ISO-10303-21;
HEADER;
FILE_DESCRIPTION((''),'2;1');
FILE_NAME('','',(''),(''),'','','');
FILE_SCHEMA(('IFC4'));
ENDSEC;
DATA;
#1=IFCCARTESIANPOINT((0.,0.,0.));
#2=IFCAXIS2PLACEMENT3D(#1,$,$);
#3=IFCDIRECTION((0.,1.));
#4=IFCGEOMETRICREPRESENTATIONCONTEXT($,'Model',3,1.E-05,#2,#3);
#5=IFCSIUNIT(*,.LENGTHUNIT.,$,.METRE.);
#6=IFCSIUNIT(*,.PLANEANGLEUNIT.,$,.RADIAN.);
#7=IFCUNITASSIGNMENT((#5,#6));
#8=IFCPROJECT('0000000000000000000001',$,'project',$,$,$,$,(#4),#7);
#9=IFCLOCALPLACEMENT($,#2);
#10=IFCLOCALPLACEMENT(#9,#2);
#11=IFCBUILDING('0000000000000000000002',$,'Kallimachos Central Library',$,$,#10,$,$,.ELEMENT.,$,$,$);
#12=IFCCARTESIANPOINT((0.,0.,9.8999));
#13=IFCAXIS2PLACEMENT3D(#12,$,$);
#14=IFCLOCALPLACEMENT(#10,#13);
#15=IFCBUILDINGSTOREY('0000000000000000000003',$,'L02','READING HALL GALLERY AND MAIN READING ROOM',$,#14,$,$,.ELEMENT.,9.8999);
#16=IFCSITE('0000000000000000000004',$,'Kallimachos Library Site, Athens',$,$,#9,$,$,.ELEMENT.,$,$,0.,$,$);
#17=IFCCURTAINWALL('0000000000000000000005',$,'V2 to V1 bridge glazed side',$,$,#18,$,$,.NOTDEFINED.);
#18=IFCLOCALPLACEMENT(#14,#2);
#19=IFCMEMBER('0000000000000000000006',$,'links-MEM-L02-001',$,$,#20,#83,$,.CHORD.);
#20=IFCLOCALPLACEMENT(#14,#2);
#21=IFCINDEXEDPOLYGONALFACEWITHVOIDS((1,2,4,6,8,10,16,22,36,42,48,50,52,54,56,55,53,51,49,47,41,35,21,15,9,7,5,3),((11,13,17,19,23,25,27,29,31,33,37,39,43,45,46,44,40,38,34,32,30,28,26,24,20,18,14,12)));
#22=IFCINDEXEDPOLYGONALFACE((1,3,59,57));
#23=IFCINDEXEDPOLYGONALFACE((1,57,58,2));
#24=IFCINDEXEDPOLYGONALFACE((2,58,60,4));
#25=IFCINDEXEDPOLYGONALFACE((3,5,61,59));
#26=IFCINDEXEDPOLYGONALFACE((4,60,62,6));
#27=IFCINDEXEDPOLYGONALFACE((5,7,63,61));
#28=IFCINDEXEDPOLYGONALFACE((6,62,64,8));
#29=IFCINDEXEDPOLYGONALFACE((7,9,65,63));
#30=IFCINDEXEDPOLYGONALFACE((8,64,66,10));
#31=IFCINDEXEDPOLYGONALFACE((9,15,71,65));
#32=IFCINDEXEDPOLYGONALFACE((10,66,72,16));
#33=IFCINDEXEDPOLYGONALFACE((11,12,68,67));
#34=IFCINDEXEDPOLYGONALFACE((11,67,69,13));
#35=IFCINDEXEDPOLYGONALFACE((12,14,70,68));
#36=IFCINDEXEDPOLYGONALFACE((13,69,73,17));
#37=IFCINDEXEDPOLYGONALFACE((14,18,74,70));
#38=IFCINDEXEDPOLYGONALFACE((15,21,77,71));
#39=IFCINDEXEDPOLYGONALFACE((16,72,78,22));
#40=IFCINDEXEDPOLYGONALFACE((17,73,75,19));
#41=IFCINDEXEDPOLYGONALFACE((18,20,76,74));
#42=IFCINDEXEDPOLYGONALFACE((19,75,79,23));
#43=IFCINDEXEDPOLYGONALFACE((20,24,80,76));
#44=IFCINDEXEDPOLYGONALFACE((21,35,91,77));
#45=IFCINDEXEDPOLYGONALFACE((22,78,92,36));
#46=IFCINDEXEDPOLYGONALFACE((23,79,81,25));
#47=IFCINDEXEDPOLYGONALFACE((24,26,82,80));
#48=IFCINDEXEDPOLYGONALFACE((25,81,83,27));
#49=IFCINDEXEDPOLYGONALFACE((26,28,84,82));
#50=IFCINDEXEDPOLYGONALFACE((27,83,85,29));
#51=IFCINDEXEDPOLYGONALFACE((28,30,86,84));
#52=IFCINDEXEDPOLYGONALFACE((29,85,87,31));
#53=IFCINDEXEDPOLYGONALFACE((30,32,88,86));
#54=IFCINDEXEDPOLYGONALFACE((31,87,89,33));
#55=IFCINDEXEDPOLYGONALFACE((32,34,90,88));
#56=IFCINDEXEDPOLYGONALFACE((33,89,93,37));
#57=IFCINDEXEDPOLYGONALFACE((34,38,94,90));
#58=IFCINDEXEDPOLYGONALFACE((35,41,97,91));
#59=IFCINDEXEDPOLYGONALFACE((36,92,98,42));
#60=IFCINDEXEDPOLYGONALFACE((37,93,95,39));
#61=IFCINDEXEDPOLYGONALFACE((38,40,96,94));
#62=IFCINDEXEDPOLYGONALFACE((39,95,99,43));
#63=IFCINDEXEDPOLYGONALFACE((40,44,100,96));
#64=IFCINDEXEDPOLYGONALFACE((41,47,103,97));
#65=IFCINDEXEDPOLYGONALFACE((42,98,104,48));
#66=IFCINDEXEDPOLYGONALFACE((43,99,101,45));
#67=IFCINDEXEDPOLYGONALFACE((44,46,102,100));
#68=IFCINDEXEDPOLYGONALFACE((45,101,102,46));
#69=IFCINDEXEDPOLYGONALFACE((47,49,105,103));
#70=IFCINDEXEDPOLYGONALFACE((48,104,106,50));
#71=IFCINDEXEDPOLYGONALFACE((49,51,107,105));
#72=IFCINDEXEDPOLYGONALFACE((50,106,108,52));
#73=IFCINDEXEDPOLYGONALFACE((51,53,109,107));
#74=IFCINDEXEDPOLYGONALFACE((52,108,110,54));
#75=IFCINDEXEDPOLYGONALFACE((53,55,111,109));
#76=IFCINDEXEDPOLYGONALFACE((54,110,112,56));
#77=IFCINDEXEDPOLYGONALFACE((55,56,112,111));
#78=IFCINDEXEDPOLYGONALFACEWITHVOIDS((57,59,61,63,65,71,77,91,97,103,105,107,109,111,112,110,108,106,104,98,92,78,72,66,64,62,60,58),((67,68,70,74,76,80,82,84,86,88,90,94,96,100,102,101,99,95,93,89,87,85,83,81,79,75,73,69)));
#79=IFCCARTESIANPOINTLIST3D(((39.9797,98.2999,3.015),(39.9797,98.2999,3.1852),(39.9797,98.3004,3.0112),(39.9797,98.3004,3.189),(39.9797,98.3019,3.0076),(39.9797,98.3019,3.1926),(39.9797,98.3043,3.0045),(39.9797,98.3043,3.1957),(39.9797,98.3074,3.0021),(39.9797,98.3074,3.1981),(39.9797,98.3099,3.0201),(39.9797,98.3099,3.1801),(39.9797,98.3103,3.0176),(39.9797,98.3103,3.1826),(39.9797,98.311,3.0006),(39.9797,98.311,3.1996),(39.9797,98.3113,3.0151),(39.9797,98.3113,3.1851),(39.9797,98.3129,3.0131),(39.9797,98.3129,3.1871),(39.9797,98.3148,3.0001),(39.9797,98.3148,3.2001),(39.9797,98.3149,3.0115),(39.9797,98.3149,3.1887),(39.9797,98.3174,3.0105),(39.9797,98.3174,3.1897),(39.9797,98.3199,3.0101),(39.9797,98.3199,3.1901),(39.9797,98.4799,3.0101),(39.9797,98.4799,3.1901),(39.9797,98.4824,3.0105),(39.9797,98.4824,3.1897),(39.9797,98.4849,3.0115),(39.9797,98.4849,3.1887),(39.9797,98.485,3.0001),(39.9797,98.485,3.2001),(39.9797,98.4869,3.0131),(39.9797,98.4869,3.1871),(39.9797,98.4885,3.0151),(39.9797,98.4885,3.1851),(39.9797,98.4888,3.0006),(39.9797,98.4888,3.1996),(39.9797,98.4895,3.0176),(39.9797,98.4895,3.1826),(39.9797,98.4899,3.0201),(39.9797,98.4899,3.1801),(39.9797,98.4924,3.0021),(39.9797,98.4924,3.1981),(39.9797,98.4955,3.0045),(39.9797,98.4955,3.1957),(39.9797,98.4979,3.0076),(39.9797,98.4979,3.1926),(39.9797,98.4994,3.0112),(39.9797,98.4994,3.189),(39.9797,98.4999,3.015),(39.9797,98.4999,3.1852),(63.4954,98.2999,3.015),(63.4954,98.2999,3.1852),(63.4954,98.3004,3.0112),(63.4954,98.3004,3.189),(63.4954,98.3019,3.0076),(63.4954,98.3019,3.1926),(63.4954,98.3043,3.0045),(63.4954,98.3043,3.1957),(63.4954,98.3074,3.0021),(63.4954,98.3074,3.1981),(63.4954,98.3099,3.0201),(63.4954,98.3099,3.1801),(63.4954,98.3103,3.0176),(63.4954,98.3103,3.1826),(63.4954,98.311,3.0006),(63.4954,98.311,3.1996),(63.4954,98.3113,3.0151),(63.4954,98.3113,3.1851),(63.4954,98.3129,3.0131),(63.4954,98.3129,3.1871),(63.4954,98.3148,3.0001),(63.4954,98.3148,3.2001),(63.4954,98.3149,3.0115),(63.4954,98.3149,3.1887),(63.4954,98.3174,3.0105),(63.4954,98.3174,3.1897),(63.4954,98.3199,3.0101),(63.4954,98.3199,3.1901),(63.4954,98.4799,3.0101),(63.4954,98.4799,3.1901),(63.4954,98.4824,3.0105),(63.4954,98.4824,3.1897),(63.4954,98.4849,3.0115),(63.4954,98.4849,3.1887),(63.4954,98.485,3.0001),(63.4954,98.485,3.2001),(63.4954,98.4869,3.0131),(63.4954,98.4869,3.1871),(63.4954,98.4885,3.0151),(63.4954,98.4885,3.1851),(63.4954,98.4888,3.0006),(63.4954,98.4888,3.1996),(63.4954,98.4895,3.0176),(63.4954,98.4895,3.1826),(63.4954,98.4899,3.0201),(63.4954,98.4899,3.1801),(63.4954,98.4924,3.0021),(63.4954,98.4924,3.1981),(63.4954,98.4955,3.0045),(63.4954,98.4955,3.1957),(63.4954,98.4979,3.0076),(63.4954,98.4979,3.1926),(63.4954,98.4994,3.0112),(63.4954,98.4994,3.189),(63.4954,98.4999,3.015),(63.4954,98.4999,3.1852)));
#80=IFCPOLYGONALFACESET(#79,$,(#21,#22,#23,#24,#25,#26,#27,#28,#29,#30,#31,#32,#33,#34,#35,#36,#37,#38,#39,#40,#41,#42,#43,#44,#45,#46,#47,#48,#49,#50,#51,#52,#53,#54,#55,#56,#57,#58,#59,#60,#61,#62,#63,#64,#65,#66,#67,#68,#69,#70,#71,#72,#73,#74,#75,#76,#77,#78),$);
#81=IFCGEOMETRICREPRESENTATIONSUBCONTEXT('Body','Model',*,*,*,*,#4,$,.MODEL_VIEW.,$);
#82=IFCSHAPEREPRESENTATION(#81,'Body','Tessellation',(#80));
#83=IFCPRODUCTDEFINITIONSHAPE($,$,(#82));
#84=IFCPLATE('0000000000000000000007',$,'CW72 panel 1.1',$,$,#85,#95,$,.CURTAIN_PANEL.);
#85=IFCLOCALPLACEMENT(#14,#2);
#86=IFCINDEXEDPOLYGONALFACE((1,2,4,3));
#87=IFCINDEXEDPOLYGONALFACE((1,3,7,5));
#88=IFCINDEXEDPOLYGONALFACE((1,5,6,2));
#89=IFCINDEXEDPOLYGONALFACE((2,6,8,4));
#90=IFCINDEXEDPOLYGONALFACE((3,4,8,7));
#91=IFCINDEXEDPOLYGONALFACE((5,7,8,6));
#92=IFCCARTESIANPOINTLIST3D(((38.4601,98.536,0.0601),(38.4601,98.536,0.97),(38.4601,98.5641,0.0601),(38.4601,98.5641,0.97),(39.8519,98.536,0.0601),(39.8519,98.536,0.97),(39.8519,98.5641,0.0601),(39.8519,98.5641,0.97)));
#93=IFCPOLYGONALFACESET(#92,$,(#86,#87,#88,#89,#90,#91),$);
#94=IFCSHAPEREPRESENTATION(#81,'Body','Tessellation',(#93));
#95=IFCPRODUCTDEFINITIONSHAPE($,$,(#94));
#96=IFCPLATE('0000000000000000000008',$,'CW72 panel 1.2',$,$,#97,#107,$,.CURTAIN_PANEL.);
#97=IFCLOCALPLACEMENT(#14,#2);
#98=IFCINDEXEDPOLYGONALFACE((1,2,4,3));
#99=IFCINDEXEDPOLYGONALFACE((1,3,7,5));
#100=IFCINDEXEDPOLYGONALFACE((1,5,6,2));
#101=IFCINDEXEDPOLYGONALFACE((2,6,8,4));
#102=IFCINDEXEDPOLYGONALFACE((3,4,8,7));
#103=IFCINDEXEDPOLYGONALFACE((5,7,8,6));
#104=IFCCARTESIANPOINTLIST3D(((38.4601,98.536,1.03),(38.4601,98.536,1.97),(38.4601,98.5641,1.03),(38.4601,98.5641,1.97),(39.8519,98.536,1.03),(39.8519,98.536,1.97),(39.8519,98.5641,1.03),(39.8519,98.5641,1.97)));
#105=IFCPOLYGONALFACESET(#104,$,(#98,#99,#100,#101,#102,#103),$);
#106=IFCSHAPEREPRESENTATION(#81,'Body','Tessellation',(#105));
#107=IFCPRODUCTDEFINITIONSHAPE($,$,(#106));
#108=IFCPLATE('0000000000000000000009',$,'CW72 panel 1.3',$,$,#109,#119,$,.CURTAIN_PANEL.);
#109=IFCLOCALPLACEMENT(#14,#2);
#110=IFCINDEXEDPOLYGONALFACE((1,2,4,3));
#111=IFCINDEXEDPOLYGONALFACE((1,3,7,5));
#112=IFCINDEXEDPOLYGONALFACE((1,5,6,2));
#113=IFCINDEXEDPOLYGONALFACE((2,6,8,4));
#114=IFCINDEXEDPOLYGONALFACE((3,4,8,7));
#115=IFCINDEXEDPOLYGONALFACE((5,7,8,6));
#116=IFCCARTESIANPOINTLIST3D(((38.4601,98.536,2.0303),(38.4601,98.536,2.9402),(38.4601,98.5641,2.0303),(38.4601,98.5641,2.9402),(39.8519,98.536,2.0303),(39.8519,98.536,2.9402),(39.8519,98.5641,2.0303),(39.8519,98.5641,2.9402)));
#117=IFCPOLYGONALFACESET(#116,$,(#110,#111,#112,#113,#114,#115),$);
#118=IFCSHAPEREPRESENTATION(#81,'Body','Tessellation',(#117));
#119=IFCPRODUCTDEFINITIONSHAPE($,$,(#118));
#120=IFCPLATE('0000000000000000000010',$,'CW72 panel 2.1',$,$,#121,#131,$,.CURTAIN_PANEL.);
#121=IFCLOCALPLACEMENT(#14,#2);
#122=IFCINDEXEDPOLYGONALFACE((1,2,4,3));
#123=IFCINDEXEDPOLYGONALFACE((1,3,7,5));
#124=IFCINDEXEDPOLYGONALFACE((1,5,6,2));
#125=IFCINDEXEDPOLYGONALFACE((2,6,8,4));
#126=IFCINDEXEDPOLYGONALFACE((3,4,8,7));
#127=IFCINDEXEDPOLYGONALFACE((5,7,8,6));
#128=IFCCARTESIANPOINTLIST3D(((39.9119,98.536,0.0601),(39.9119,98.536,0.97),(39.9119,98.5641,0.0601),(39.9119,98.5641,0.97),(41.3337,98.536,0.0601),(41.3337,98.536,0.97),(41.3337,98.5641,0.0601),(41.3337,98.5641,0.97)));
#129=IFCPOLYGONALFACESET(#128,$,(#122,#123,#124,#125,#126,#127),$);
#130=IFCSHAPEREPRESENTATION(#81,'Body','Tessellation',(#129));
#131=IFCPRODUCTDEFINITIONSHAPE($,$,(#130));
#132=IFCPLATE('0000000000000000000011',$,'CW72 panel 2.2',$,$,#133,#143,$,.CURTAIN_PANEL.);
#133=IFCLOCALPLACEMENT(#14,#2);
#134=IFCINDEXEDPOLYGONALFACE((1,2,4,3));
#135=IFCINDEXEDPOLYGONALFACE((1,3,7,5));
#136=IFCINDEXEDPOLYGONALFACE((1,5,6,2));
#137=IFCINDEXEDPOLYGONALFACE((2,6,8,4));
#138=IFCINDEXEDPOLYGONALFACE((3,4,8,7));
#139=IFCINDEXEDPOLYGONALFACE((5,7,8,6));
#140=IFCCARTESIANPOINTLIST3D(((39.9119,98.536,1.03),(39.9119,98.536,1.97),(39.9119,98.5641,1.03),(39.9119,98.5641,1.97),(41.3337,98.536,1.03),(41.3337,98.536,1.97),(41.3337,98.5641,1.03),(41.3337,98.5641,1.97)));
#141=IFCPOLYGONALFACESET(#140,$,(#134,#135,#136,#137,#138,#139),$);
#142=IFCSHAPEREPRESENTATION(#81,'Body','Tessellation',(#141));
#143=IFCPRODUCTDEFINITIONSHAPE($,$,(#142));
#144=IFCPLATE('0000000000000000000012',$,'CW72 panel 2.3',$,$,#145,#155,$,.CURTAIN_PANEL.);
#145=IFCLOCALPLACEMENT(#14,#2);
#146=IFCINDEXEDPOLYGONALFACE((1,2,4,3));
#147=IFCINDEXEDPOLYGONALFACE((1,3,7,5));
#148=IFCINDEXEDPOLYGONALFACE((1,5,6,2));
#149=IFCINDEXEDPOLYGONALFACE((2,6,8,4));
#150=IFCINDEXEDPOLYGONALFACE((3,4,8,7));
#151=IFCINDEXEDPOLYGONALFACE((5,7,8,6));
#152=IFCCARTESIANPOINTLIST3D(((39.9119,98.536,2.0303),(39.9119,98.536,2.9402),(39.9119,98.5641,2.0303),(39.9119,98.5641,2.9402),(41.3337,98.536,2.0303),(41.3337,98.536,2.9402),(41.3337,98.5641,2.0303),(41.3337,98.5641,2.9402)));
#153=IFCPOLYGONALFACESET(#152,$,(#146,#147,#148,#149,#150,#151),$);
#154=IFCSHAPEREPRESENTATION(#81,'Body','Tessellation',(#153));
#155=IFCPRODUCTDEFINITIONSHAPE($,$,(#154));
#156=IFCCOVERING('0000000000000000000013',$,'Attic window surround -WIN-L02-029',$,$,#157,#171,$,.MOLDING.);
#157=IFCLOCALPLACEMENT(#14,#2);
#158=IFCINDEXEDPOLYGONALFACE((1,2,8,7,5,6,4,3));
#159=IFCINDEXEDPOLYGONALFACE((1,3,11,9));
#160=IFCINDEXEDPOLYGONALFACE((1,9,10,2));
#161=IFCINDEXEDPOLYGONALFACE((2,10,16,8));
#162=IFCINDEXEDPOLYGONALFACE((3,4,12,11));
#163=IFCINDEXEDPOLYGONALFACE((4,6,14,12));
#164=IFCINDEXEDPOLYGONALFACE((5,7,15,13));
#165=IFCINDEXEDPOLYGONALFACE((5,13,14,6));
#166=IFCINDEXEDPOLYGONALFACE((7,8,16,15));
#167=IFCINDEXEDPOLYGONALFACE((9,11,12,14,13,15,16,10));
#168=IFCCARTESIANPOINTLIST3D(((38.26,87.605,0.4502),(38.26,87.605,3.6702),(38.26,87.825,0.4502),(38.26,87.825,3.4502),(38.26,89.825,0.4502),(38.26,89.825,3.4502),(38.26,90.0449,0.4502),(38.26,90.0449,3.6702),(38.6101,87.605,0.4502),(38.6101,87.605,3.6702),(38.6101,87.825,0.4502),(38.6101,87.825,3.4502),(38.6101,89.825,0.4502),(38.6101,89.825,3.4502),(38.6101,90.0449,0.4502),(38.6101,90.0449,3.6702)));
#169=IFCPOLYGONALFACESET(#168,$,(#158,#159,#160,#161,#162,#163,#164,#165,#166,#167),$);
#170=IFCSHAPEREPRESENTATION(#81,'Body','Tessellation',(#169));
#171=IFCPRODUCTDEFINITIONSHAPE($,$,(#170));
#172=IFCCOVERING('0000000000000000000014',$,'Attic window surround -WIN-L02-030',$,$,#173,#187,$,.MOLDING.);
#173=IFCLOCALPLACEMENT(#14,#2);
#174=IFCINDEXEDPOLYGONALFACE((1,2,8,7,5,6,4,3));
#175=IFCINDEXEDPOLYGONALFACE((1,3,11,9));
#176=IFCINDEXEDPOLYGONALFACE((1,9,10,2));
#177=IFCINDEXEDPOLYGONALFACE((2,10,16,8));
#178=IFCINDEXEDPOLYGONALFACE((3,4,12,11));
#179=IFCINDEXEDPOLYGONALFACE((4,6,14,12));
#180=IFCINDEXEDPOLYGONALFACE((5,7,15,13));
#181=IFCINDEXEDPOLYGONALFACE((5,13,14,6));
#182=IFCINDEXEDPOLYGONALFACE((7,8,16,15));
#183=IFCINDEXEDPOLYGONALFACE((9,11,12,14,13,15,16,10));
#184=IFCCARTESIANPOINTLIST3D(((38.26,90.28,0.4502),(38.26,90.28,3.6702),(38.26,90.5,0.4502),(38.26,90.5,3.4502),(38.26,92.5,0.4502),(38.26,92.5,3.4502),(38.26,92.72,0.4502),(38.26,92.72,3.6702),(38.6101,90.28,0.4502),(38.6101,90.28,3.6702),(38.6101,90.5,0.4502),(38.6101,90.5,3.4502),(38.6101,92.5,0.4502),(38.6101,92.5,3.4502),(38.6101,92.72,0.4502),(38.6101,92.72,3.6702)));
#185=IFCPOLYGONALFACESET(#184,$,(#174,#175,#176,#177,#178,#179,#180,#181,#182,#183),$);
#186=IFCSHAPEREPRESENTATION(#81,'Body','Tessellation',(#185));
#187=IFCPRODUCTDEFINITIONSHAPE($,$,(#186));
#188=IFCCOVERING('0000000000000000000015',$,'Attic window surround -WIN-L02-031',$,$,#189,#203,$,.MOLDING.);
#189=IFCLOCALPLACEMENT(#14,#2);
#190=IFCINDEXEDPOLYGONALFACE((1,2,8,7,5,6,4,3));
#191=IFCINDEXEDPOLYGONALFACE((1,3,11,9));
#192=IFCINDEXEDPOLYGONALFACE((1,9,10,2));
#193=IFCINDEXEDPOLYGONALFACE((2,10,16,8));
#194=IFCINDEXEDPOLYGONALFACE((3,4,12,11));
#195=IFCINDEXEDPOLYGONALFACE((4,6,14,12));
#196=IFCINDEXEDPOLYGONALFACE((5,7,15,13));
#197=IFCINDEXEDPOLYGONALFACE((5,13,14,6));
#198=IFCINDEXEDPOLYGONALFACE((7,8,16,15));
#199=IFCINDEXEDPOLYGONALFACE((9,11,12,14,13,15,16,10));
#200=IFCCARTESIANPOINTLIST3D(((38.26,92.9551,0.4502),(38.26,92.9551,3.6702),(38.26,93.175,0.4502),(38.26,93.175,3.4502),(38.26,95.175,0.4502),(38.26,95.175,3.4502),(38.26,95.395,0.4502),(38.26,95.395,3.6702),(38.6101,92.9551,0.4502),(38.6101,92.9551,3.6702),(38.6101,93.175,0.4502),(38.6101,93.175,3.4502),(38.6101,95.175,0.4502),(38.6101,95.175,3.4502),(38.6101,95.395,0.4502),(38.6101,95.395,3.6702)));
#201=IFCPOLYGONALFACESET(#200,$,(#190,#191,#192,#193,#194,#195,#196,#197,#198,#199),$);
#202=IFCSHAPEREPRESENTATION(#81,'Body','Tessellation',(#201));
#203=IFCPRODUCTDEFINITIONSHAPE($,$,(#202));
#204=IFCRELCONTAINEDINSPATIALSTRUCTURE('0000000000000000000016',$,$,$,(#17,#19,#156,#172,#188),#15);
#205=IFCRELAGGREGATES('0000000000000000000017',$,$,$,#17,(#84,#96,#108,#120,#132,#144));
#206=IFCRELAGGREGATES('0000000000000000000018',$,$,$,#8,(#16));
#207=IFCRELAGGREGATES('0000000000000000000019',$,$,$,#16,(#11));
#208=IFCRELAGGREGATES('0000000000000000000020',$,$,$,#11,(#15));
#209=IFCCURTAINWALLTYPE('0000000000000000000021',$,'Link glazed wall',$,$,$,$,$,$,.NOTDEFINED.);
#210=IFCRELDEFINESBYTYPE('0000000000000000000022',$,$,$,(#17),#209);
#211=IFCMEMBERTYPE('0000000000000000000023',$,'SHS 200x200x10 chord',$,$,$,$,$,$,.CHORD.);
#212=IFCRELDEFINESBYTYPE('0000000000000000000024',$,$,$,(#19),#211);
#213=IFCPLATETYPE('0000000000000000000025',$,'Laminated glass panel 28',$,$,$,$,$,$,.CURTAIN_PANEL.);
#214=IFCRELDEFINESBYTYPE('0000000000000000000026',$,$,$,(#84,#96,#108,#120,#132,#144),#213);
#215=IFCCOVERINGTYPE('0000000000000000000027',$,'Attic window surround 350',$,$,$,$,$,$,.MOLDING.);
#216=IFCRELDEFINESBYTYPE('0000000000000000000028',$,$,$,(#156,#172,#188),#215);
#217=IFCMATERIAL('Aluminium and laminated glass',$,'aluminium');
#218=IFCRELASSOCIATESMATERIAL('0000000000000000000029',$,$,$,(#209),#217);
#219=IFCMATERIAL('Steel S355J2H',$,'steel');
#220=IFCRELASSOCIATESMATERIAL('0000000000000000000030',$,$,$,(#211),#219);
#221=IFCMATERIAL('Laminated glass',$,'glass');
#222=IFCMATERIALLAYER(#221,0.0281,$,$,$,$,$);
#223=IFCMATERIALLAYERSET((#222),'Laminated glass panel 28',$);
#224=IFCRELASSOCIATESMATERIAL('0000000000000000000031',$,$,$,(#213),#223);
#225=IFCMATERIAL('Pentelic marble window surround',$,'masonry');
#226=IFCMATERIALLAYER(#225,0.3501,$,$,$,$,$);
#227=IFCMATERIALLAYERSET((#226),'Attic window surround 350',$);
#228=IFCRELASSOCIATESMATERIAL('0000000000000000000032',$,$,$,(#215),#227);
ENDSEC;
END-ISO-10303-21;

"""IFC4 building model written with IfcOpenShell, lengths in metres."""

from ifc_helpers import new_model, si_unit, direction, frame, origin, origin_2d, place, context, subcontext, project, spatial, polyline, rectangle, hollow_rectangle, outline, extrude, material, layer, layer_set, material_profile, profile_set, type_object, element, aggregate, save


model = new_model("IFC4")

# Units and contexts
model_context = context("Model", 3, precision=1e-05, world=origin(), true_north=direction((0.0, 1.0)))
body_context = subcontext(model_context, "Body", "Model", "MODEL_VIEW")
ifc_project = project(units=[si_unit("LENGTHUNIT", "METRE"), si_unit("PLANEANGLEUNIT", "RADIAN")], contexts=[model_context])

# Site, building, storey
site_placement = place(None, origin())
site = spatial("IfcSite", under=ifc_project, at=site_placement, Name="Kallimachos Library Site, Athens", CompositionType="ELEMENT", RefElevation=0.0)
building_placement = place(site_placement, origin())
building = spatial("IfcBuilding", under=site, at=building_placement, Name="Kallimachos Central Library", CompositionType="ELEMENT")
storey_placement = place(building_placement, frame((0.0, 0.0, 9.8999)))
storey = spatial("IfcBuildingStorey", under=building, at=storey_placement, Name="L02", Description="READING HALL GALLERY AND MAIN READING ROOM", CompositionType="ELEMENT", Elevation=9.8999)

# Curtain wall
ifc_material_1 = material(Name="Aluminium and laminated glass", Category="aluminium")
curtain_wall_type = type_object("IfcCurtainWallType", Name="Link glazed wall", PredefinedType="NOTDEFINED", material=ifc_material_1)
curtain_wall_placement = place(storey_placement, origin())
curtain_wall = element("IfcCurtainWall", 1, at=curtain_wall_placement, inside=storey, type_object=curtain_wall_type, Name="V2 to V1 bridge glazed side", PredefinedType="NOTDEFINED")

# Member
ifc_material_2 = material(Name="Steel S355J2H", Category="steel")
ifc_material_profile_1 = material_profile(ifc_material_2, hollow_rectangle(XDim=0.2, YDim=0.2, WallThickness=0.01, InnerFilletRadius=0.01, OuterFilletRadius=0.0149, at=origin_2d()), Name="SHS 200x200x10")
ifc_profile_set_1 = profile_set([ifc_material_profile_1], Name="Steel S355J2H")
member_type_1 = type_object("IfcMemberType", Name="SHS 200x200x10 chord", PredefinedType="CHORD", material=ifc_profile_set_1)
member_1_placement = place(storey_placement, frame((39.9797, 98.3999, 3.1001), z_axis=(1.0, 0.0, 0.0), x_axis=(0.0, 1.0, 0.0)))
element("IfcMember", 2, at=member_1_placement, inside=storey, type_object=member_type_1, Name="links-MEM-L02-001", PredefinedType="CHORD", context=body_context, shape_type="SweptSolid", body=[
    extrude(hollow_rectangle(XDim=0.2, YDim=0.2, WallThickness=0.01, InnerFilletRadius=0.01, OuterFilletRadius=0.0149, at=origin_2d()), origin(), (0.0, 0.0, 1.0), 23.5156),
])

# Plates
ifc_material_3 = material(Name="Laminated glass", Category="glass")
ifc_layer_1 = layer(ifc_material_3, 0.0281)
ifc_layer_set_1 = layer_set([ifc_layer_1], Name="Laminated glass panel 28")
plate_type = type_object("IfcPlateType", Name="Laminated glass panel 28", PredefinedType="CURTAIN_PANEL", material=ifc_layer_set_1)
plate_1_placement = place(storey_placement, frame((39.156, 98.55, 0.0601), z_axis=(0.0, 0.0, 1.0), x_axis=(1.0, 0.0, 0.0)))
plate_1 = element("IfcPlate", 3, at=plate_1_placement, type_object=plate_type, Name="CW72 panel 1.1", PredefinedType="CURTAIN_PANEL", context=body_context, shape_type="SweptSolid", body=[
    extrude(rectangle(XDim=1.3918, YDim=0.0281, at=origin_2d()), origin(), (0.0, 0.0, 1.0), 0.9099),
])
plate_2_placement = place(storey_placement, frame((39.156, 98.55, 1.03), z_axis=(0.0, 0.0, 1.0), x_axis=(1.0, 0.0, 0.0)))
plate_2 = element("IfcPlate", 4, at=plate_2_placement, type_object=plate_type, Name="CW72 panel 1.2", PredefinedType="CURTAIN_PANEL", context=body_context, shape_type="SweptSolid", body=[
    extrude(rectangle(XDim=1.3918, YDim=0.0281, at=origin_2d()), origin(), (0.0, 0.0, 1.0), 0.9399),
])
plate_3_placement = place(storey_placement, frame((39.156, 98.55, 2.0303), z_axis=(0.0, 0.0, 1.0), x_axis=(1.0, 0.0, 0.0)))
plate_3 = element("IfcPlate", 5, at=plate_3_placement, type_object=plate_type, Name="CW72 panel 1.3", PredefinedType="CURTAIN_PANEL", context=body_context, shape_type="SweptSolid", body=[
    extrude(rectangle(XDim=1.3918, YDim=0.0281, at=origin_2d()), origin(), (0.0, 0.0, 1.0), 0.9099),
])
plate_4_placement = place(storey_placement, frame((40.6228, 98.55, 0.0601), z_axis=(0.0, 0.0, 1.0), x_axis=(1.0, 0.0, 0.0)))
plate_4 = element("IfcPlate", 6, at=plate_4_placement, type_object=plate_type, Name="CW72 panel 2.1", PredefinedType="CURTAIN_PANEL", context=body_context, shape_type="SweptSolid", body=[
    extrude(rectangle(XDim=1.4219, YDim=0.0281, at=origin_2d()), origin(), (0.0, 0.0, 1.0), 0.9099),
])
plate_5_placement = place(storey_placement, frame((40.6228, 98.55, 1.03), z_axis=(0.0, 0.0, 1.0), x_axis=(1.0, 0.0, 0.0)))
plate_5 = element("IfcPlate", 7, at=plate_5_placement, type_object=plate_type, Name="CW72 panel 2.2", PredefinedType="CURTAIN_PANEL", context=body_context, shape_type="SweptSolid", body=[
    extrude(rectangle(XDim=1.4219, YDim=0.0281, at=origin_2d()), origin(), (0.0, 0.0, 1.0), 0.9399),
])
plate_6_placement = place(storey_placement, frame((40.6228, 98.55, 2.0303), z_axis=(0.0, 0.0, 1.0), x_axis=(1.0, 0.0, 0.0)))
plate_6 = element("IfcPlate", 8, at=plate_6_placement, type_object=plate_type, Name="CW72 panel 2.3", PredefinedType="CURTAIN_PANEL", context=body_context, shape_type="SweptSolid", body=[
    extrude(rectangle(XDim=1.4219, YDim=0.0281, at=origin_2d()), origin(), (0.0, 0.0, 1.0), 0.9099),
])
aggregate(curtain_wall, [plate_1, plate_2, plate_3, plate_4, plate_5, plate_6])

# Coverings
ifc_material_4 = material(Name="Pentelic marble window surround", Category="masonry")
ifc_layer_2 = layer(ifc_material_4, 0.3501)
ifc_layer_set_2 = layer_set([ifc_layer_2], Name="Attic window surround 350")
covering_type = type_object("IfcCoveringType", Name="Attic window surround 350", PredefinedType="MOLDING", material=ifc_layer_set_2)
for number, where, z_axis, x_axis, name in (
    (9, (38.6101, 87.825, 0.4502), (1.0, 0.0, 0.0), (0.0, 0.0, 1.0), "Attic window surround -WIN-L02-029"),
    (10, (38.6101, 90.5, 0.4502), (1.0, 0.0, 0.0), (0.0, 0.0, 1.0), "Attic window surround -WIN-L02-030"),
    (11, (38.6101, 93.175, 0.4502), (1.0, 0.0, 0.0), (0.0, 0.0, 1.0), "Attic window surround -WIN-L02-031"),
):
    element("IfcCovering", number, at=place(storey_placement, frame(where, z_axis=z_axis, x_axis=x_axis)), inside=storey, type_object=covering_type, Name=name, PredefinedType="MOLDING", context=body_context, shape_type="SweptSolid", body=[
        extrude(outline(polyline([(0.0, 0.0), (3.0, 0.0), (3.0, -2.0), (0.0, -2.0), (0.0, -2.22), (3.22, -2.22), (3.22, 0.22), (0.0, 0.22), (0.0, 0.0)])), origin(), (0.0, 0.0, -1.0), 0.3501),
    ])

save(model, "model.ifc")
